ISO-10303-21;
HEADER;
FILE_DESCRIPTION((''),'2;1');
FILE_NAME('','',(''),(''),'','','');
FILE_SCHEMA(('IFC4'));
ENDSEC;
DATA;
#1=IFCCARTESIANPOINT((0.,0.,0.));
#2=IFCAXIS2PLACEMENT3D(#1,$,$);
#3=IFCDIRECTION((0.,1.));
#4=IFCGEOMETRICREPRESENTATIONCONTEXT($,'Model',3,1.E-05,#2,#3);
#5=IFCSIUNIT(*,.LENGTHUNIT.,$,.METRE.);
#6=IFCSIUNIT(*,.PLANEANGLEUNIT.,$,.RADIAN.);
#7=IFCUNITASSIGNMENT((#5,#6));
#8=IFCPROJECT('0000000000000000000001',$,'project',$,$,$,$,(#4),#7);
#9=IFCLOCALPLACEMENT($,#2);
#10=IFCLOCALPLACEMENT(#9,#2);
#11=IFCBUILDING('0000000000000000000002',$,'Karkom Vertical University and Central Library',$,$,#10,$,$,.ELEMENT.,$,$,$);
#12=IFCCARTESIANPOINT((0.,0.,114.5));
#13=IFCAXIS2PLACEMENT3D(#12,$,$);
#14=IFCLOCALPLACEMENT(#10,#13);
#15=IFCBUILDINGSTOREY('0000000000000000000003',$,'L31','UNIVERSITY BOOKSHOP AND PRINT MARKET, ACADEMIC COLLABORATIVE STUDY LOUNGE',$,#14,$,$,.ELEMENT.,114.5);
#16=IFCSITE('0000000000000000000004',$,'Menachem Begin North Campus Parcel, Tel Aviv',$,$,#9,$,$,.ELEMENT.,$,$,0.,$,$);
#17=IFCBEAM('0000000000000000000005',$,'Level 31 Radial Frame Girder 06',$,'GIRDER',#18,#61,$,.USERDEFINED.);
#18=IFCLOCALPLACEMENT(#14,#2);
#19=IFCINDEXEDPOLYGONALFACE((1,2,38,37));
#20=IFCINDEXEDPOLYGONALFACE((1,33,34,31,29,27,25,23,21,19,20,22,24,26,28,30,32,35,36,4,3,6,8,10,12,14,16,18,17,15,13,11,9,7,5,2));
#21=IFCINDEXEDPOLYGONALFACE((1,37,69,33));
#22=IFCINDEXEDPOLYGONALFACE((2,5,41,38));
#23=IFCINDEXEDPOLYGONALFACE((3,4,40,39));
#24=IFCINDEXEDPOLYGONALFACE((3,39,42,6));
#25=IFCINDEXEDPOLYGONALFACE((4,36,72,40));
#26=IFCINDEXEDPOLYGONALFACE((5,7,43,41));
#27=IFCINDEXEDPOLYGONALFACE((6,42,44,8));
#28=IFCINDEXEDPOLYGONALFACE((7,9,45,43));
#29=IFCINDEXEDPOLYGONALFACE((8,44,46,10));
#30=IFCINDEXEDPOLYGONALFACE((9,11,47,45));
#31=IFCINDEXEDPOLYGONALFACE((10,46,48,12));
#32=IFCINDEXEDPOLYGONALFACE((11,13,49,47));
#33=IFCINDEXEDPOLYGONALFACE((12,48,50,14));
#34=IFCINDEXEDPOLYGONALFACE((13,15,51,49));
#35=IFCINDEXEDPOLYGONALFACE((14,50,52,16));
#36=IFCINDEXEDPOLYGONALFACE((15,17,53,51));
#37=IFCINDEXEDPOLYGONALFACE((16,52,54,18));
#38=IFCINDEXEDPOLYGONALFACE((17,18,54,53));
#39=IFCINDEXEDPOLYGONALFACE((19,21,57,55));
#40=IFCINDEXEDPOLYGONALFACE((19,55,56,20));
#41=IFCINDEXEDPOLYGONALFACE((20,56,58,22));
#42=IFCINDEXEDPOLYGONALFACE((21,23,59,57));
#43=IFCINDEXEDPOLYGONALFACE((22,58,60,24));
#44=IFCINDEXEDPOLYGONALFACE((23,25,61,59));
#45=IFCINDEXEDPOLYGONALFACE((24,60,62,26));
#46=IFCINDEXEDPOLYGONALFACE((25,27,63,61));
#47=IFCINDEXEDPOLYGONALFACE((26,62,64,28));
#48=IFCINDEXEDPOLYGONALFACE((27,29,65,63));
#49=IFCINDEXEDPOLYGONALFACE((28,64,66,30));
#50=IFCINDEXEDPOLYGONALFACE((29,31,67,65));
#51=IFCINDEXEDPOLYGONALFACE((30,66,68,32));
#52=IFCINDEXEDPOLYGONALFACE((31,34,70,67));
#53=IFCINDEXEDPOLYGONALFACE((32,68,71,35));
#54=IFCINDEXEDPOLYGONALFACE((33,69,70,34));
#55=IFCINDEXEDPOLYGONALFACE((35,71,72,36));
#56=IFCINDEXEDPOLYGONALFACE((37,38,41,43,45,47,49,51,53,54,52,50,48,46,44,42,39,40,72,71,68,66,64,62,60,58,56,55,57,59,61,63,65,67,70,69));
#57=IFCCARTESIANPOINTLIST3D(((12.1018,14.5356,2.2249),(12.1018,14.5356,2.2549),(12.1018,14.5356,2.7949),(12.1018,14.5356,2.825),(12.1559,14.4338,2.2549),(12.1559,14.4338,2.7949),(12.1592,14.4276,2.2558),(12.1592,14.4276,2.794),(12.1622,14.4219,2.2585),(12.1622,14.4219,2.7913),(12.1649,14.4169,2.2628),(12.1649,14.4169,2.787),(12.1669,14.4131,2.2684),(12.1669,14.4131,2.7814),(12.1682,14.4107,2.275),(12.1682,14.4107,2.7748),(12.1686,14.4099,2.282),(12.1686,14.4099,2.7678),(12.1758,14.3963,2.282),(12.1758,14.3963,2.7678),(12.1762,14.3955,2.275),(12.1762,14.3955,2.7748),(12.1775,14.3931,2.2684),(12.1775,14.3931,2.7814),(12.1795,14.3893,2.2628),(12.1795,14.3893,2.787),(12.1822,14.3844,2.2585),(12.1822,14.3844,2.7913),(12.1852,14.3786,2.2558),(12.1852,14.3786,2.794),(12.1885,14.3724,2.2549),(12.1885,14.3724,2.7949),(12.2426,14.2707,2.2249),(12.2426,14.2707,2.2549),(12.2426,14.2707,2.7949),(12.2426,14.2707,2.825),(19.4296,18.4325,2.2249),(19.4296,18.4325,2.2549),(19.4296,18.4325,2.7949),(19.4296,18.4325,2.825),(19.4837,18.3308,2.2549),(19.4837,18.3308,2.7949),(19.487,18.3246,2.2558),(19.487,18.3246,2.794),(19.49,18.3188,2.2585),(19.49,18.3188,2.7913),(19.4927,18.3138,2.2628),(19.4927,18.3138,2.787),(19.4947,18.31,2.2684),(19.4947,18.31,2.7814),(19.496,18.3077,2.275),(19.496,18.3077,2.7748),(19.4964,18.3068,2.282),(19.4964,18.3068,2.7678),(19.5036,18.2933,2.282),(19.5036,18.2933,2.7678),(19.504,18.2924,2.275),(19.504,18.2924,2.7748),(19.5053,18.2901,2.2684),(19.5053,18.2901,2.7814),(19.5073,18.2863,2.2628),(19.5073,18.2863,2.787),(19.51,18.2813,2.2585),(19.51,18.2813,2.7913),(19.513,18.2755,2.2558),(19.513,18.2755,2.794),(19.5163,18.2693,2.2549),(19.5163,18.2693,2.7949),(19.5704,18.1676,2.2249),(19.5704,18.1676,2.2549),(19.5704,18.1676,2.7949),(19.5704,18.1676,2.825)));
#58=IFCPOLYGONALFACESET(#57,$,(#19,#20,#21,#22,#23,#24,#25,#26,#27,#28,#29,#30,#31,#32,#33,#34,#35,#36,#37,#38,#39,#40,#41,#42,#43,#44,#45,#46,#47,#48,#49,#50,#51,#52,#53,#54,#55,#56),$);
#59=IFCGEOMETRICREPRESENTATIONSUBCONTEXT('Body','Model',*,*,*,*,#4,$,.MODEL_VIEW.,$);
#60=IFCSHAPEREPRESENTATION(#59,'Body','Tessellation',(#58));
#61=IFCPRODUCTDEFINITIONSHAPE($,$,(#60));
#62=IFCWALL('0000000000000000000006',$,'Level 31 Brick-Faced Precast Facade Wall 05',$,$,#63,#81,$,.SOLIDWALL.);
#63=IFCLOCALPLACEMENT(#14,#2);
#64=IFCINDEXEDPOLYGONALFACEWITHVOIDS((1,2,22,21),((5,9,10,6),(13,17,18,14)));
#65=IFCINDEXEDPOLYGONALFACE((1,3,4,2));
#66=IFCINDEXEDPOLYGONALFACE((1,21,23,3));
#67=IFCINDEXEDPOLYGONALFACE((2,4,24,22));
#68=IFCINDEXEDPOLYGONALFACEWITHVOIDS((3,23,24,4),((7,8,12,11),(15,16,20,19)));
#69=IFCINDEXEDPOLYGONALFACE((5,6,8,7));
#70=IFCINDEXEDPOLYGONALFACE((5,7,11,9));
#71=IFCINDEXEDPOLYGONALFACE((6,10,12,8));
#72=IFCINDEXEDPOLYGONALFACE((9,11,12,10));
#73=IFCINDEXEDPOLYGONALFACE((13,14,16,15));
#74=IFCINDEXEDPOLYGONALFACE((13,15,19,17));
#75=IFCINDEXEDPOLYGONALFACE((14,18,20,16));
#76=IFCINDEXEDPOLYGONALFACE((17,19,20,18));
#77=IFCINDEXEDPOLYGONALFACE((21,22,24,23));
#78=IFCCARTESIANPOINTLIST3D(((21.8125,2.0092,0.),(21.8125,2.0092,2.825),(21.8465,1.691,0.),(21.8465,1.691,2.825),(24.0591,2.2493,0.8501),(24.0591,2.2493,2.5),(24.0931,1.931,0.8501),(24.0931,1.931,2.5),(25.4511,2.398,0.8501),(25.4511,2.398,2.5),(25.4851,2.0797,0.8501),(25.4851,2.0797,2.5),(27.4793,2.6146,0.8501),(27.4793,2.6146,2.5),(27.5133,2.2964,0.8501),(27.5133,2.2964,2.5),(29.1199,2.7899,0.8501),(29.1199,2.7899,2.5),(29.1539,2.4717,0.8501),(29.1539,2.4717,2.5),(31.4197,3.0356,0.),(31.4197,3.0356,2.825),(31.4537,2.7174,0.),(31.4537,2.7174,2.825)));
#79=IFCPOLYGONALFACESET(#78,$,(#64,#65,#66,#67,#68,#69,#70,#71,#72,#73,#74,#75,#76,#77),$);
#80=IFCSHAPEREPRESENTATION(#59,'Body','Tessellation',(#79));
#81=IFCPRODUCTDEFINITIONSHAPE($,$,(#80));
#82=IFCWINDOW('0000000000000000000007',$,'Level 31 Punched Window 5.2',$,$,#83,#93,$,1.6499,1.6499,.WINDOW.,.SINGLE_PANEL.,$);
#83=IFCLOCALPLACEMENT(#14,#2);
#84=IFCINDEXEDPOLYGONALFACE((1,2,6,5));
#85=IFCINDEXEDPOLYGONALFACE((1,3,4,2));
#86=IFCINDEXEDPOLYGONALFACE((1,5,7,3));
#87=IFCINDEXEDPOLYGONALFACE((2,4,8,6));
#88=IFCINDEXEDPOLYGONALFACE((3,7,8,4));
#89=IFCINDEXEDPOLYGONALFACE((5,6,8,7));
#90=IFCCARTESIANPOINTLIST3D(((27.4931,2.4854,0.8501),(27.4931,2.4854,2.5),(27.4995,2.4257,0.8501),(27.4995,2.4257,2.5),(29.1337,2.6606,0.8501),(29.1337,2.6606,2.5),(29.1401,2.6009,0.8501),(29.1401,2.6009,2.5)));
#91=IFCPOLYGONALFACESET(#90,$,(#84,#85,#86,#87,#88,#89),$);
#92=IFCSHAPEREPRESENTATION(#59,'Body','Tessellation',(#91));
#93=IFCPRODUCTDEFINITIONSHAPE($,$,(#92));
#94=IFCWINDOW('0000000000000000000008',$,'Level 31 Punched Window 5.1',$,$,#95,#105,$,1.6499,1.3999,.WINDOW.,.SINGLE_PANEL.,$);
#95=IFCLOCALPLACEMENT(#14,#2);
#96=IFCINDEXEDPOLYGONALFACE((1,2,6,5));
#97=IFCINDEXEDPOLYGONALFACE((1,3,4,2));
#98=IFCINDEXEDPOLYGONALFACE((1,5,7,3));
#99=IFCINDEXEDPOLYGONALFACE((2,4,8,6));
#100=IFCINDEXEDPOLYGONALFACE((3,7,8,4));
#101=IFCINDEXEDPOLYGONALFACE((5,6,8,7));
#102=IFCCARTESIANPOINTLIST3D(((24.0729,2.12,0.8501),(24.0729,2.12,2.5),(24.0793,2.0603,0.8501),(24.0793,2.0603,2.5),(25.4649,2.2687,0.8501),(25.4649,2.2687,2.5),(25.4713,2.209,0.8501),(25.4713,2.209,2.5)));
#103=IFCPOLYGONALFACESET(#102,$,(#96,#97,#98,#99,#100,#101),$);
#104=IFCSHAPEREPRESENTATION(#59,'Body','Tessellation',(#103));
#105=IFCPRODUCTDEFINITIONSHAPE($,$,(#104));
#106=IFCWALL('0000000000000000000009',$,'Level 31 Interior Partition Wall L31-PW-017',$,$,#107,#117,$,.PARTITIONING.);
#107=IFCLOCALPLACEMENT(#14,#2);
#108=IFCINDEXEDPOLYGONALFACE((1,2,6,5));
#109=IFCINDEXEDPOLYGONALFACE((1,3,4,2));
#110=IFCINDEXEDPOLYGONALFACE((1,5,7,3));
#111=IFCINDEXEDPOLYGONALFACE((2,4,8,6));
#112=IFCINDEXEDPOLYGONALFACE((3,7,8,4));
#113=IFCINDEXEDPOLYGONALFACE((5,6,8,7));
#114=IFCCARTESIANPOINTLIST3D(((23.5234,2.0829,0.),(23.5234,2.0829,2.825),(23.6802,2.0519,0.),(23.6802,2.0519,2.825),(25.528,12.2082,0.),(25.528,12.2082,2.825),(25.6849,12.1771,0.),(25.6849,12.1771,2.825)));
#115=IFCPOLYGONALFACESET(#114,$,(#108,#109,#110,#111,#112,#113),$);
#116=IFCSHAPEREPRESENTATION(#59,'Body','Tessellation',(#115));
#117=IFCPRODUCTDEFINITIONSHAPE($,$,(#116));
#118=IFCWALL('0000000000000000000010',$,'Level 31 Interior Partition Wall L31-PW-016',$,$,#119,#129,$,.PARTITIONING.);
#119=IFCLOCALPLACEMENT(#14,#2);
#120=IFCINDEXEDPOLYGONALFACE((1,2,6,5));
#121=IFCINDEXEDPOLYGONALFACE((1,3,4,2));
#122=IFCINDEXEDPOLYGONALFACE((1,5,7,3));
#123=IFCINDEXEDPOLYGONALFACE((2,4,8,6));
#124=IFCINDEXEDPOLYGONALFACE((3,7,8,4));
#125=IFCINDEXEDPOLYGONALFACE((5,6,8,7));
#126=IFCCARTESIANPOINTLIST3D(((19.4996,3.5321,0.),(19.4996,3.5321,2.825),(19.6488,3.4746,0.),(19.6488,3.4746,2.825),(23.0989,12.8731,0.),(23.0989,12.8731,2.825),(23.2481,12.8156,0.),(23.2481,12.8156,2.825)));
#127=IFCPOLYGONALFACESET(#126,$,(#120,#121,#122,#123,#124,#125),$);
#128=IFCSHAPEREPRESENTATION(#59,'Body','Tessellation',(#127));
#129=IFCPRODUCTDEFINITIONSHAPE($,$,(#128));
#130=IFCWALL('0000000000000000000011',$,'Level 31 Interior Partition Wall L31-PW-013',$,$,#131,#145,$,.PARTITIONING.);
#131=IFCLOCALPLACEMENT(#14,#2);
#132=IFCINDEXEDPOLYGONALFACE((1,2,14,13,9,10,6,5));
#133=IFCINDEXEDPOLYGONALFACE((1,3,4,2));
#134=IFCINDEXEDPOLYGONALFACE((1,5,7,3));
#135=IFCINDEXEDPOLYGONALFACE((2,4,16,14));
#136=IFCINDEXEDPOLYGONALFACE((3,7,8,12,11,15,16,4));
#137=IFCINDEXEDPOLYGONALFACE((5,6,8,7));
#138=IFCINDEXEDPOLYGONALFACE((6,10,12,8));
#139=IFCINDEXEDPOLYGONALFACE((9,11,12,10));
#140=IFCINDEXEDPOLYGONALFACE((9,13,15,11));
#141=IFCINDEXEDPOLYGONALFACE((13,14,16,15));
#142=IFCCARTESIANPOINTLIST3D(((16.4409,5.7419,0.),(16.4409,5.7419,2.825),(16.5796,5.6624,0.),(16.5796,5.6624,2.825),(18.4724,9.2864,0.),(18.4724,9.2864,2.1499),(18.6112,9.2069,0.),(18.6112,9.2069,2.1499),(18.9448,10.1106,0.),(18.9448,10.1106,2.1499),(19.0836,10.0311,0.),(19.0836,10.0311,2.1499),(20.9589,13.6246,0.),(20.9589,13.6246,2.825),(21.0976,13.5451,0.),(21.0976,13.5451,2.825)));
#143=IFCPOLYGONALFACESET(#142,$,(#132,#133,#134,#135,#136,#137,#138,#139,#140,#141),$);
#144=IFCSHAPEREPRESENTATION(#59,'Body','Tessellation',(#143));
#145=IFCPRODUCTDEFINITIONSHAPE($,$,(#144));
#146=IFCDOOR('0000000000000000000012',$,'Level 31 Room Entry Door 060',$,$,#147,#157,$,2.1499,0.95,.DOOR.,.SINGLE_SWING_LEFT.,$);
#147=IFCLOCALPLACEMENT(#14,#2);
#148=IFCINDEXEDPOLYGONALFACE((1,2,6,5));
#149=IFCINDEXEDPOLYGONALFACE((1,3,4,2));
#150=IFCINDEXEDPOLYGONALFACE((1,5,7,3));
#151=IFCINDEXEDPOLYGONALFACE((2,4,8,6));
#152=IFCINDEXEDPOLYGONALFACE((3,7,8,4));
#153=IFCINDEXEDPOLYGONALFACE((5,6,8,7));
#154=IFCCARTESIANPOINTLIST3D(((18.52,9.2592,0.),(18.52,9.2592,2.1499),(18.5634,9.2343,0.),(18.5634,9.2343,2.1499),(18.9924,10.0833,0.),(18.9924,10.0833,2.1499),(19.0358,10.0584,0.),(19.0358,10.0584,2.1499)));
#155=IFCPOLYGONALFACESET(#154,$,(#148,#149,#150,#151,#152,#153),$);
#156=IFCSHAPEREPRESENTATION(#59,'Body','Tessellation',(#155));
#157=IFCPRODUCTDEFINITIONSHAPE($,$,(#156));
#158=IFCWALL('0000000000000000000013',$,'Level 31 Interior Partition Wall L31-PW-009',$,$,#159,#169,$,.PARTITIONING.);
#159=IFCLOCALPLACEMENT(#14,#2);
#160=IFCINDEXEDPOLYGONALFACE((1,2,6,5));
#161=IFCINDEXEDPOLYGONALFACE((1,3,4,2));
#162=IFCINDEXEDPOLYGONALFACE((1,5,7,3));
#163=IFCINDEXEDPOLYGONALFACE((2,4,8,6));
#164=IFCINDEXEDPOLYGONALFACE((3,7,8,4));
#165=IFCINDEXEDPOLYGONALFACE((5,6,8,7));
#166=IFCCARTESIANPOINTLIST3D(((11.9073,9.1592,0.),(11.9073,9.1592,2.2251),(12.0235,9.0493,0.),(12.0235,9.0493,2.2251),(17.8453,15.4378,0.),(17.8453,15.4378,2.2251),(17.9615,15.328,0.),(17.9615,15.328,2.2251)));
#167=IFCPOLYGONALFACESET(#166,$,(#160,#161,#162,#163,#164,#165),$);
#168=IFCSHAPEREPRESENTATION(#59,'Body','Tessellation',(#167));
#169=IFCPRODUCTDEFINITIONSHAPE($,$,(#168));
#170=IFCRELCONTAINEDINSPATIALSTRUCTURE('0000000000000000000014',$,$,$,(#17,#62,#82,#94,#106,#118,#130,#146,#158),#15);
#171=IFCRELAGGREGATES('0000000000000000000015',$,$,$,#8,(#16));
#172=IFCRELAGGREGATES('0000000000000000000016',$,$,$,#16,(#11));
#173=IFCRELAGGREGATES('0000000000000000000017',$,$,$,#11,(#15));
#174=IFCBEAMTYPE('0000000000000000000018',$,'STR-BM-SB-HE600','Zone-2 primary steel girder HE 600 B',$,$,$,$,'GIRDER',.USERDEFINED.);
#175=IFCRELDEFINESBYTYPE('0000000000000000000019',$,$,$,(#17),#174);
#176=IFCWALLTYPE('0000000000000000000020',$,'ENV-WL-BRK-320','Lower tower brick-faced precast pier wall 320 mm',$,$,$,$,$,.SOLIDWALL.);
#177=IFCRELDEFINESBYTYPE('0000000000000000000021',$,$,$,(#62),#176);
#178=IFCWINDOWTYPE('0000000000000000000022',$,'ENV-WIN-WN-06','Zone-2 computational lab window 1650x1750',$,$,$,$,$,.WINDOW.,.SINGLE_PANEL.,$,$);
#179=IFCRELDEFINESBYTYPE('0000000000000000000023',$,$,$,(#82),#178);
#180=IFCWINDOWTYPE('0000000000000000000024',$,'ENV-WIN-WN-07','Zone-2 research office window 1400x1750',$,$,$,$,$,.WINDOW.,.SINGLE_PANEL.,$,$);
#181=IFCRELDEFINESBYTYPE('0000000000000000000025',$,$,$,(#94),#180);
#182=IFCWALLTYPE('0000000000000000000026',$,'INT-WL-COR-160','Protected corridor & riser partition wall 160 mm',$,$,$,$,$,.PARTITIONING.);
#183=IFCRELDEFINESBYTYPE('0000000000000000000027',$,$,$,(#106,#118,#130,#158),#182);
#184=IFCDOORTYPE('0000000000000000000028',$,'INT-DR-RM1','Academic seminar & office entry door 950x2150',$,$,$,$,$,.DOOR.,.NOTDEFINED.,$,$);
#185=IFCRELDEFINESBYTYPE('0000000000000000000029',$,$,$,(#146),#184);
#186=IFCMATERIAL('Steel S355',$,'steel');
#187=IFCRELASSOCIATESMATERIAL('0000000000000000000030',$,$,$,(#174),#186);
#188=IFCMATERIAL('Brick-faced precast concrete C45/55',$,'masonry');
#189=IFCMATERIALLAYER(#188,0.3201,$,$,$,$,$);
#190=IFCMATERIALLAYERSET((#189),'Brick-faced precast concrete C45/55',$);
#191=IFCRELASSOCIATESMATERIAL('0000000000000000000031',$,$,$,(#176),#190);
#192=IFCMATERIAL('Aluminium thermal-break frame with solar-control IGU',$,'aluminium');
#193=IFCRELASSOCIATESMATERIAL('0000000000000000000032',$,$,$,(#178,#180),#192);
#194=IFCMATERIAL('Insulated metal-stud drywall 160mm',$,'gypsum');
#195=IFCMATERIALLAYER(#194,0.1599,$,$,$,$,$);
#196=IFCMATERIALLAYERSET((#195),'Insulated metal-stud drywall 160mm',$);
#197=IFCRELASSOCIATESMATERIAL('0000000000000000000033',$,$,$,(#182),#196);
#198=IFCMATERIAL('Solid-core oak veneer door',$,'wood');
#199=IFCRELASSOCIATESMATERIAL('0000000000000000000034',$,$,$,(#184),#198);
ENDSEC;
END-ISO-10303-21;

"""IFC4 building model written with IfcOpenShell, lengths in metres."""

from ifc_helpers import new_model, si_unit, direction, frame, frame_2d, origin, origin_with_axes, origin_2d, place, context, subcontext, project, spatial, rectangle, i_section, extrude, source, transform, mapped, material, layer, layer_set, material_profile, profile_set, type_object, element, fill, save


model = new_model("IFC4")

# Units and contexts
model_context = context("Model", 3, precision=1e-05, world=origin(), true_north=direction((0.0, 1.0)))
body_context = subcontext(model_context, "Body", "Model", "MODEL_VIEW")
ifc_project = project(units=[si_unit("LENGTHUNIT", "METRE"), si_unit("PLANEANGLEUNIT", "RADIAN")], contexts=[model_context])

# Site, building, storey
site_placement = place(None, origin())
site = spatial("IfcSite", under=ifc_project, at=site_placement, Name="Menachem Begin North Campus Parcel, Tel Aviv", CompositionType="ELEMENT", RefElevation=0.0)
building_placement = place(site_placement, origin())
building = spatial("IfcBuilding", under=site, at=building_placement, Name="Karkom Vertical University and Central Library", CompositionType="ELEMENT")
storey_placement = place(building_placement, frame((0.0, 0.0, 114.5)))
storey = spatial("IfcBuildingStorey", under=building, at=storey_placement, Name="L31", Description="UNIVERSITY BOOKSHOP AND PRINT MARKET, ACADEMIC COLLABORATIVE STUDY LOUNGE", CompositionType="ELEMENT", Elevation=114.5)

# Beam
ifc_material_1 = material(Name="Steel S355", Category="steel")
ifc_material_profile_1 = material_profile(ifc_material_1, i_section(OverallWidth=0.3, OverallDepth=0.6001, WebThickness=0.0154, FlangeThickness=0.03, FilletRadius=0.0271, at=origin_2d()), Name="HE 600 B")
ifc_profile_set_1 = profile_set([ifc_material_profile_1], Name="Steel S355")
beam_type_1 = type_object("IfcBeamType", Name="STR-BM-SB-HE600", Description="Zone-2 primary steel girder HE 600 B", ElementType="GIRDER", PredefinedType="USERDEFINED", material=ifc_profile_set_1)
shared_shape_1 = source(origin_with_axes(), body_context, "Body", "SweptSolid", [
    extrude(i_section(OverallWidth=0.3, OverallDepth=0.6001, WebThickness=0.0154, FlangeThickness=0.03, FilletRadius=0.0271, at=origin_2d()), origin(), (0.0, 0.0, 1.0), 8.2996),
])
beam_1_placement = place(storey_placement, frame((19.5, 18.3, 2.5249), z_axis=(-0.882914, -0.469534, 0.0), x_axis=(0.469534, -0.882914, 0.0)))
element("IfcBeam", 1, at=beam_1_placement, inside=storey, type_object=beam_type_1, Name="Level 31 Radial Frame Girder 06", ObjectType="GIRDER", PredefinedType="USERDEFINED", context=body_context, shape_type="MappedRepresentation", body=[
    mapped(shared_shape_1, transform((0.0, 0.0, 0.0), scale=1.0)),
])

# Wall, openings, windows
ifc_material_2 = material(Name="Brick-faced precast concrete C45/55", Category="masonry")
ifc_layer_1 = layer(ifc_material_2, 0.3201)
ifc_layer_set_1 = layer_set([ifc_layer_1], Name="Brick-faced precast concrete C45/55")
wall_type_1 = type_object("IfcWallType", Name="ENV-WL-BRK-320", Description="Lower tower brick-faced precast pier wall 320 mm", PredefinedType="SOLIDWALL", material=ifc_layer_set_1)
wall_1_placement = place(storey_placement, frame((21.8293, 1.8501, 0.0), z_axis=(0.0, 0.0, 1.0), x_axis=(0.994342, 0.106229, 0.0)))
wall_1 = element("IfcWall", 2, at=wall_1_placement, inside=storey, type_object=wall_type_1, Name="Level 31 Brick-Faced Precast Facade Wall 05", PredefinedType="SOLIDWALL", context=body_context, shape_type="SweptSolid", body=[
    extrude(rectangle(XDim=9.6619, YDim=0.3201, at=frame_2d((4.8311, 0.0))), origin(), (0.0, 0.0, 1.0), 2.825),
])
opening_1_placement = place(wall_1_placement, frame((2.2595, 0.0, 0.8501)))
opening_1 = element("IfcOpeningElement", 3, at=opening_1_placement, cuts=wall_1, PredefinedType="OPENING", context=body_context, shape_type="SweptSolid", body=[
    extrude(rectangle(XDim=1.3999, YDim=1.6499, at=frame_2d((0.7, 0.825))), frame((0.0, 0.1699, 0.0), z_axis=(0.0, -1.0, 0.0), x_axis=(1.0, 0.0, 0.0)), (0.0, 0.0, 1.0), 0.3401),
])
opening_2_placement = place(wall_1_placement, frame((5.6992, 0.0, 0.8501)))
opening_2 = element("IfcOpeningElement", 4, at=opening_2_placement, cuts=wall_1, PredefinedType="OPENING", context=body_context, shape_type="SweptSolid", body=[
    extrude(rectangle(XDim=1.6499, YDim=1.6499, at=frame_2d((0.825, 0.825))), frame((0.0, 0.1699, 0.0), z_axis=(0.0, -1.0, 0.0), x_axis=(1.0, 0.0, 0.0)), (0.0, 0.0, 1.0), 0.3401),
])
ifc_material_3 = material(Name="Aluminium thermal-break frame with solar-control IGU", Category="aluminium")
window_type_1 = type_object("IfcWindowType", Name="ENV-WIN-WN-06", Description="Zone-2 computational lab window 1650x1750", PartitioningType="SINGLE_PANEL", PredefinedType="WINDOW", material=ifc_material_3)
shared_shape_2 = source(origin_with_axes(), body_context, "Body", "SweptSolid", [
    extrude(rectangle(XDim=1.6499, YDim=1.6499, at=frame_2d((0.825, 0.825))), frame((0.0, 0.03, 0.0), z_axis=(0.0, -1.0, 0.0), x_axis=(1.0, 0.0, 0.0)), (0.0, 0.0, 1.0), 0.0601),
])
window_1_placement = place(opening_2_placement, origin())
window_1 = element("IfcWindow", 5, at=window_1_placement, inside=storey, type_object=window_type_1, Name="Level 31 Punched Window 5.2", OverallHeight=1.6499, OverallWidth=1.6499, PartitioningType="SINGLE_PANEL", PredefinedType="WINDOW", context=body_context, shape_type="MappedRepresentation", body=[
    mapped(shared_shape_2, transform((0.0, 0.0, 0.0), scale=1.0)),
])
fill(opening_2, window_1)
window_type_2 = type_object("IfcWindowType", Name="ENV-WIN-WN-07", Description="Zone-2 research office window 1400x1750", PartitioningType="SINGLE_PANEL", PredefinedType="WINDOW", material=ifc_material_3)
shared_shape_3 = source(origin_with_axes(), body_context, "Body", "SweptSolid", [
    extrude(rectangle(XDim=1.3999, YDim=1.6499, at=frame_2d((0.7, 0.825))), frame((0.0, 0.03, 0.0), z_axis=(0.0, -1.0, 0.0), x_axis=(1.0, 0.0, 0.0)), (0.0, 0.0, 1.0), 0.0601),
])
window_2_placement = place(opening_1_placement, origin())
window_2 = element("IfcWindow", 6, at=window_2_placement, inside=storey, type_object=window_type_2, Name="Level 31 Punched Window 5.1", OverallHeight=1.6499, OverallWidth=1.3999, PartitioningType="SINGLE_PANEL", PredefinedType="WINDOW", context=body_context, shape_type="MappedRepresentation", body=[
    mapped(shared_shape_3, transform((0.0, 0.0, 0.0), scale=1.0)),
])
fill(opening_1, window_2)

# Walls
ifc_material_4 = material(Name="Insulated metal-stud drywall 160mm", Category="gypsum")
ifc_layer_2 = layer(ifc_material_4, 0.1599)
ifc_layer_set_2 = layer_set([ifc_layer_2], Name="Insulated metal-stud drywall 160mm")
wall_type_2 = type_object("IfcWallType", Name="INT-WL-COR-160", Description="Protected corridor & riser partition wall 160 mm", PredefinedType="PARTITIONING", material=ifc_layer_set_2)
wall_2_placement = place(storey_placement, frame((25.6064, 12.1926, 0.0), z_axis=(0.0, 0.0, 1.0), x_axis=(-0.194214, -0.980959, 0.0)))
element("IfcWall", 7, at=wall_2_placement, inside=storey, type_object=wall_type_2, Name="Level 31 Interior Partition Wall L31-PW-017", PredefinedType="PARTITIONING", context=body_context, shape_type="SweptSolid", body=[
    extrude(rectangle(XDim=10.3218, YDim=0.1599, at=frame_2d((5.1609, 0.0))), origin(), (0.0, 0.0, 1.0), 2.825),
])
wall_3_placement = place(storey_placement, frame((23.1736, 12.8445, 0.0), z_axis=(0.0, 0.0, 1.0), x_axis=(-0.359558, -0.933123, 0.0)))
element("IfcWall", 8, at=wall_3_placement, inside=storey, type_object=wall_type_2, Name="Level 31 Interior Partition Wall L31-PW-016", PredefinedType="PARTITIONING", context=body_context, shape_type="SweptSolid", body=[
    extrude(rectangle(XDim=10.0105, YDim=0.1599, at=frame_2d((5.0054, 0.0))), origin(), (0.0, 0.0, 1.0), 2.825),
])

# Wall, opening, door
wall_4_placement = place(storey_placement, frame((21.0283, 13.585, 0.0), z_axis=(0.0, 0.0, 1.0), x_axis=(-0.497267, -0.867598, 0.0)))
wall_4 = element("IfcWall", 9, at=wall_4_placement, inside=storey, type_object=wall_type_2, Name="Level 31 Interior Partition Wall L31-PW-013", PredefinedType="PARTITIONING", context=body_context, shape_type="SweptSolid", body=[
    extrude(rectangle(XDim=9.0857, YDim=0.1599, at=frame_2d((4.543, 0.0))), origin(), (0.0, 0.0, 1.0), 2.825),
])
opening_3_placement = place(wall_4_placement, frame((4.0503, 0.0, 0.0)))
opening_3 = element("IfcOpeningElement", 10, at=opening_3_placement, cuts=wall_4, PredefinedType="OPENING", context=body_context, shape_type="SweptSolid", body=[
    extrude(rectangle(XDim=0.95, YDim=2.1499, at=frame_2d((0.4751, 1.075))), frame((0.0, 0.0898, 0.0), z_axis=(0.0, -1.0, 0.0), x_axis=(1.0, 0.0, 0.0)), (0.0, 0.0, 1.0), 0.1799),
])
ifc_material_5 = material(Name="Solid-core oak veneer door", Category="wood")
door_type_1 = type_object("IfcDoorType", Name="INT-DR-RM1", Description="Academic seminar & office entry door 950x2150", OperationType="NOTDEFINED", PredefinedType="DOOR", material=ifc_material_5)
shared_shape_4 = source(origin_with_axes(), body_context, "Body", "SweptSolid", [
    extrude(rectangle(XDim=0.95, YDim=2.1499, at=frame_2d((0.4751, 1.075))), frame((0.0, 0.0249, 0.0), z_axis=(0.0, -1.0, 0.0), x_axis=(1.0, 0.0, 0.0)), (0.0, 0.0, 1.0), 0.05),
])
door_1_placement = place(opening_3_placement, origin())
door_1 = element("IfcDoor", 11, at=door_1_placement, inside=storey, type_object=door_type_1, Name="Level 31 Room Entry Door 060", OperationType="SINGLE_SWING_LEFT", OverallHeight=2.1499, OverallWidth=0.95, PredefinedType="DOOR", context=body_context, shape_type="MappedRepresentation", body=[
    mapped(shared_shape_4, transform((0.0, 0.0, 0.0), scale=1.0)),
])
fill(opening_3, door_1)

# Wall
wall_5_placement = place(storey_placement, frame((17.9033, 15.3828, 0.0), z_axis=(0.0, 0.0, 1.0), x_axis=(-0.687127, -0.726537, 0.0)))
element("IfcWall", 12, at=wall_5_placement, inside=storey, type_object=wall_type_2, Name="Level 31 Interior Partition Wall L31-PW-009", PredefinedType="PARTITIONING", context=body_context, shape_type="SweptSolid", body=[
    extrude(rectangle(XDim=8.6418, YDim=0.1599, at=frame_2d((4.3208, 0.0))), origin(), (0.0, 0.0, 1.0), 2.2251),
])

save(model, "model.ifc")
